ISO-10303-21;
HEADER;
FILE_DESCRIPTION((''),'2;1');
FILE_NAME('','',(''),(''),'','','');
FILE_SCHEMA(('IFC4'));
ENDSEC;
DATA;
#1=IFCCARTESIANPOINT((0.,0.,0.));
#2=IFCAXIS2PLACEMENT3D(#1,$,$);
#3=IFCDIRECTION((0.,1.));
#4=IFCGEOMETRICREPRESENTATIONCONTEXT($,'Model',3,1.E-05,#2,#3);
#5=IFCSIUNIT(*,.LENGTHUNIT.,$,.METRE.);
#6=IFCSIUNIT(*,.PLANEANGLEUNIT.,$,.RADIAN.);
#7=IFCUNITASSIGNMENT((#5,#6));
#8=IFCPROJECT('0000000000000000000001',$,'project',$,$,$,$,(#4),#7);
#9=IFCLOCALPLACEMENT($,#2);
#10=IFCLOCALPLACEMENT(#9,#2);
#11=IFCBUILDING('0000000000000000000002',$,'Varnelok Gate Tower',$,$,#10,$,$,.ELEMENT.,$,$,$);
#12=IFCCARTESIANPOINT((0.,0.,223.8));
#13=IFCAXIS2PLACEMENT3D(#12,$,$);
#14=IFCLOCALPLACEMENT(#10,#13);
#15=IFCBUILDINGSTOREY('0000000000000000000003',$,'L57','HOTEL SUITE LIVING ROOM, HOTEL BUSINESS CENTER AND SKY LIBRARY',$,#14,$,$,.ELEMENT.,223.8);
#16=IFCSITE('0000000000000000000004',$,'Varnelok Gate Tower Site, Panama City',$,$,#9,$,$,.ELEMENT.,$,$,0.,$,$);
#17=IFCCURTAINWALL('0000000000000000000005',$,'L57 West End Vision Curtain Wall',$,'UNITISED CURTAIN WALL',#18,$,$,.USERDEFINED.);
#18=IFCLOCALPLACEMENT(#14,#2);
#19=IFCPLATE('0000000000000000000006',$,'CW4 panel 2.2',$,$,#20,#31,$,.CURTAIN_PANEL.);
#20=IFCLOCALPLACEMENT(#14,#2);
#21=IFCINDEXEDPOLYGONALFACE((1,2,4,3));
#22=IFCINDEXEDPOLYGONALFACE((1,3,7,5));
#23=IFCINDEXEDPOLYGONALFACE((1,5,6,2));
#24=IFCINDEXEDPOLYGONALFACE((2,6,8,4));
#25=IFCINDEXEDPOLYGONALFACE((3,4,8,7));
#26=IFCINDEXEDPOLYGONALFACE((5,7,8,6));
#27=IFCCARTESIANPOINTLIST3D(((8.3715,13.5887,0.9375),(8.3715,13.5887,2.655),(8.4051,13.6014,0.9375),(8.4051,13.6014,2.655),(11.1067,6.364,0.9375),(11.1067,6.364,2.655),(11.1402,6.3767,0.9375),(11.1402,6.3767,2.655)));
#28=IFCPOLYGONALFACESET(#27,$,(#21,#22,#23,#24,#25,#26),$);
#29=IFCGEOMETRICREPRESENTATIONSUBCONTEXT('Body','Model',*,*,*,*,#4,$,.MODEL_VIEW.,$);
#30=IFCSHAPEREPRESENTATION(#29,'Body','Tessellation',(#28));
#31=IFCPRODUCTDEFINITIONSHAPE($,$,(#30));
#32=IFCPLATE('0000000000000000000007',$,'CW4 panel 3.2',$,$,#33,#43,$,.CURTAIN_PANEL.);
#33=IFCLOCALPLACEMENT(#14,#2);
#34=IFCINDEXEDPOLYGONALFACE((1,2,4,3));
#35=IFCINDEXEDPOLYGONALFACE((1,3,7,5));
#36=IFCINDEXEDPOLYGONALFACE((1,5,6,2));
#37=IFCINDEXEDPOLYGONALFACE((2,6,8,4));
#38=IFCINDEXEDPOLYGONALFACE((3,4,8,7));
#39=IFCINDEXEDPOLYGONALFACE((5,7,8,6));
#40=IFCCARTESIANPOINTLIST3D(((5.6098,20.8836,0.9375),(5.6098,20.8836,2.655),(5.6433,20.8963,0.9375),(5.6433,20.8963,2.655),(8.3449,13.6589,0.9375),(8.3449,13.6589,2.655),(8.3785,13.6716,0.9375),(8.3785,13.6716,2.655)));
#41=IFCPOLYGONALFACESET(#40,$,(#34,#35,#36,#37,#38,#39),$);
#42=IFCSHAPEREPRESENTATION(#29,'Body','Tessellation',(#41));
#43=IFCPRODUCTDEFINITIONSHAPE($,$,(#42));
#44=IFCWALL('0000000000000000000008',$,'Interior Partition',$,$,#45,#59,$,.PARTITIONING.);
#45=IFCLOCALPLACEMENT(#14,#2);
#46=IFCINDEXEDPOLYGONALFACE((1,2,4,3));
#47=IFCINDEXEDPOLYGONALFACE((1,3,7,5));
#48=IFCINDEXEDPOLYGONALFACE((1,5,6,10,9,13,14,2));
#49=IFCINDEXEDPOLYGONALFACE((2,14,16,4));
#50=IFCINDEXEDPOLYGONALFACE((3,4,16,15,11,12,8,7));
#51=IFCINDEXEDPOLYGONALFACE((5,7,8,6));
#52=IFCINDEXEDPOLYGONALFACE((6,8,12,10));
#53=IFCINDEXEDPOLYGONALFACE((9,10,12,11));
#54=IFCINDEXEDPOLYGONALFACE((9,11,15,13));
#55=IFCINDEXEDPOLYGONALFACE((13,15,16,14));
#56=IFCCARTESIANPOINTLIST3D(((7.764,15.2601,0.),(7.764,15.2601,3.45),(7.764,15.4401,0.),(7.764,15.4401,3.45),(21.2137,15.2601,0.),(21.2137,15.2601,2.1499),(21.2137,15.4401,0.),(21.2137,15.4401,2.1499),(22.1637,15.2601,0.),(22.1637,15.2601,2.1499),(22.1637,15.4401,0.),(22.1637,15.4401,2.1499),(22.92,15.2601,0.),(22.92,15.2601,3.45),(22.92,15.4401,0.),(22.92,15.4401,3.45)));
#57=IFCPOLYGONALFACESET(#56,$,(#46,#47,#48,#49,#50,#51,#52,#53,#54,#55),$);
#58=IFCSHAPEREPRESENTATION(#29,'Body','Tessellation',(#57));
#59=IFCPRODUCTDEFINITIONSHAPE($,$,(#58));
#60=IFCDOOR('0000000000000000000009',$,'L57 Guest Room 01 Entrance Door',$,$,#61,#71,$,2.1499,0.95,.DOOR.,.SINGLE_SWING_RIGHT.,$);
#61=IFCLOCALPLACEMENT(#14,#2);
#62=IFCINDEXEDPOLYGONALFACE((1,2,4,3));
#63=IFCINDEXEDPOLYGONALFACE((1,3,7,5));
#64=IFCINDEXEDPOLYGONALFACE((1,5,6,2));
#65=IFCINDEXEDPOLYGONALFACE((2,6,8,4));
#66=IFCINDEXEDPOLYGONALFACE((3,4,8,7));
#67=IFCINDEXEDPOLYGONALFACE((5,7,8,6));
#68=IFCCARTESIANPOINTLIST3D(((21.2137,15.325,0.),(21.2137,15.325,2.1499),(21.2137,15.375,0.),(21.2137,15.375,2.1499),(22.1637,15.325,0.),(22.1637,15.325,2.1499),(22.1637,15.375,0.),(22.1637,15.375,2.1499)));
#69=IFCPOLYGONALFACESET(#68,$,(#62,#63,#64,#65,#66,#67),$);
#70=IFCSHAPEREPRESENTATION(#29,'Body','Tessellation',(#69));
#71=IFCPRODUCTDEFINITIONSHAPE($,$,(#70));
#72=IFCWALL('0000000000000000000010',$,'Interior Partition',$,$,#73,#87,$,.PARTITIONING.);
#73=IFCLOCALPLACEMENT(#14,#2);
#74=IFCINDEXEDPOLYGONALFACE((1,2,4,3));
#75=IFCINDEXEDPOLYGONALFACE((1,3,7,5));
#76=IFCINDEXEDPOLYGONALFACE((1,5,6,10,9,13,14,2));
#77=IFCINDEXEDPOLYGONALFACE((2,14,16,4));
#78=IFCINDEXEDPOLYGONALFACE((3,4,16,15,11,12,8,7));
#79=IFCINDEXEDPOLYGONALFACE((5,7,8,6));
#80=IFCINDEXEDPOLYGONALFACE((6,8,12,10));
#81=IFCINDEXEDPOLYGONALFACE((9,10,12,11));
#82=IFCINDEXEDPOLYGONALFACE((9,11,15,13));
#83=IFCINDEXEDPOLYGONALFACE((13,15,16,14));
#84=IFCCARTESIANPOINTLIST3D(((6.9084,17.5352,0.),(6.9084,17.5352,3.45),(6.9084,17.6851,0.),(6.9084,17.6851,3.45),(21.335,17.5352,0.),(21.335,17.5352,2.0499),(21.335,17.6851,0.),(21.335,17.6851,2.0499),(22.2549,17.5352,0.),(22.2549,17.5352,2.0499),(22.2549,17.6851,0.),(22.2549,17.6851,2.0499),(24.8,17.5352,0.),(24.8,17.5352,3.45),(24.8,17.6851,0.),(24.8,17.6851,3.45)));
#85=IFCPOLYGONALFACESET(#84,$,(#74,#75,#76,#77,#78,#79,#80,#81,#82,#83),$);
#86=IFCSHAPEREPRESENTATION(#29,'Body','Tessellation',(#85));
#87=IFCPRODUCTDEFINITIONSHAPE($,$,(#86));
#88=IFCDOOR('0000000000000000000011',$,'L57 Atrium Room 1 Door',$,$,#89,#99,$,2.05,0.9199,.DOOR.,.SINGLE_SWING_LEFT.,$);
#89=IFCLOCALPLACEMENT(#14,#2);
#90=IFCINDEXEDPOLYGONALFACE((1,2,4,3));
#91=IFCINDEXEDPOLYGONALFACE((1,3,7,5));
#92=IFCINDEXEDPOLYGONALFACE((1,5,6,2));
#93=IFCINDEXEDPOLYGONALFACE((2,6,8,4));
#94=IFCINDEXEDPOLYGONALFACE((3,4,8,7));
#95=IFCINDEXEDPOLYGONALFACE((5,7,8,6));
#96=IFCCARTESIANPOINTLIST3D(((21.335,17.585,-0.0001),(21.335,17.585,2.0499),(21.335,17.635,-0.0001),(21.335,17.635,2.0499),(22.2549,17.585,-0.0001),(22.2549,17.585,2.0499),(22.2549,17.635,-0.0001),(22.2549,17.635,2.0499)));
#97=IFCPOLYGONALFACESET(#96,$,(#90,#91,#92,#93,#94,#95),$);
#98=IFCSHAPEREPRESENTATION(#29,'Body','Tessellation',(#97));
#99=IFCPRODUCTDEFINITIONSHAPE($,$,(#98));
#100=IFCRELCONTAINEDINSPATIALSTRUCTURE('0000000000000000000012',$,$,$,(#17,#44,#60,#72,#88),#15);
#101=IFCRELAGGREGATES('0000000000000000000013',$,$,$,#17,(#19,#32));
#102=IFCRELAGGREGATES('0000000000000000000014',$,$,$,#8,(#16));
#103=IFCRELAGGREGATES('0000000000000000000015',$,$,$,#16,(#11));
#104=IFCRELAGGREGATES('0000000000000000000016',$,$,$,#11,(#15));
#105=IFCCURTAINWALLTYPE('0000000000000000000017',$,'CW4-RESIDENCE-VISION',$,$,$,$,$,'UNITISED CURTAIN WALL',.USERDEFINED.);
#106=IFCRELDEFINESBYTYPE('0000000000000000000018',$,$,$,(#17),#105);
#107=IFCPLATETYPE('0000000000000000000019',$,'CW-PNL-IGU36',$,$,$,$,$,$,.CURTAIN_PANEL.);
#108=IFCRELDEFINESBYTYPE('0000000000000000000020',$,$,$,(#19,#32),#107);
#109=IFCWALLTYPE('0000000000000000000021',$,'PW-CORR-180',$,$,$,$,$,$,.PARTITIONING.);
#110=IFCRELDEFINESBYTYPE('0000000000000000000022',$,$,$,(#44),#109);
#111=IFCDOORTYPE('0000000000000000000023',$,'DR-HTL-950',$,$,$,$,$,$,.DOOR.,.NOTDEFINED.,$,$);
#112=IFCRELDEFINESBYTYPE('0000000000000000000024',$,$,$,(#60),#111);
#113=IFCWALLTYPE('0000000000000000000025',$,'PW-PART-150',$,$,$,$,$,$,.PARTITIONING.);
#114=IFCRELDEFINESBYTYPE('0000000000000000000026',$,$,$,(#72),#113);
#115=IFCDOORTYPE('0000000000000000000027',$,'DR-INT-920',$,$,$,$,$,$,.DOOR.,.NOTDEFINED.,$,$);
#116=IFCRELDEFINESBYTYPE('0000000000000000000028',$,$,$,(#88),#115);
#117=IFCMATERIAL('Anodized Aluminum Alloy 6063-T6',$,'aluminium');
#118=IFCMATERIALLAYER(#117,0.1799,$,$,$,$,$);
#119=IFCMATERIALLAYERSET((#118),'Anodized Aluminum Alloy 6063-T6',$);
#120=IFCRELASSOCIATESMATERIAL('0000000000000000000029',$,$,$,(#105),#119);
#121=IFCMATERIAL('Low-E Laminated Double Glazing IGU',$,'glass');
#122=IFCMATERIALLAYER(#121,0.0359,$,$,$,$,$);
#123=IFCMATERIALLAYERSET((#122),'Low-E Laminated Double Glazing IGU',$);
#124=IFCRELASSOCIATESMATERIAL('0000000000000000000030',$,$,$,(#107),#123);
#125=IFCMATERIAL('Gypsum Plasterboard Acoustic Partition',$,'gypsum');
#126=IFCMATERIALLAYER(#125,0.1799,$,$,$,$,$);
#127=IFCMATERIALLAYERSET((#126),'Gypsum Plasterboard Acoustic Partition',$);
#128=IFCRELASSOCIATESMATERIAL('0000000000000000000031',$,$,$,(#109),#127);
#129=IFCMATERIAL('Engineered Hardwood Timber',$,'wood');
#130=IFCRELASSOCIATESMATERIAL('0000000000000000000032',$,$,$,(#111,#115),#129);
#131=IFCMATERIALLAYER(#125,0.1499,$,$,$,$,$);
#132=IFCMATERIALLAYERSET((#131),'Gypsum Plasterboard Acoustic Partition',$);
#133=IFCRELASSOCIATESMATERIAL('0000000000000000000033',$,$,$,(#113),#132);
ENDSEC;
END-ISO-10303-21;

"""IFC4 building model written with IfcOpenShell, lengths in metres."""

from ifc_helpers import new_model, si_unit, direction, frame, frame_2d, origin, origin_2d, place, context, subcontext, project, spatial, rectangle, extrude, source, transform, mapped, material, layer, layer_set, type_object, element, fill, aggregate, save


model = new_model("IFC4")

# Units and contexts
model_context = context("Model", 3, precision=1e-05, world=origin(), true_north=direction((0.0, 1.0)))
body_context = subcontext(model_context, "Body", "Model", "MODEL_VIEW")
ifc_project = project(units=[si_unit("LENGTHUNIT", "METRE"), si_unit("PLANEANGLEUNIT", "RADIAN")], contexts=[model_context])

# Site, building, storey
site_placement = place(None, origin())
site = spatial("IfcSite", under=ifc_project, at=site_placement, Name="Varnelok Gate Tower Site, Panama City", CompositionType="ELEMENT", RefElevation=0.0)
building_placement = place(site_placement, origin())
building = spatial("IfcBuilding", under=site, at=building_placement, Name="Varnelok Gate Tower", CompositionType="ELEMENT")
storey_placement = place(building_placement, frame((0.0, 0.0, 223.8)))
storey = spatial("IfcBuildingStorey", under=building, at=storey_placement, Name="L57", Description="HOTEL SUITE LIVING ROOM, HOTEL BUSINESS CENTER AND SKY LIBRARY", CompositionType="ELEMENT", Elevation=223.8)

# Curtain wall, plates
ifc_material_1 = material(Name="Anodized Aluminum Alloy 6063-T6", Category="aluminium")
ifc_layer_1 = layer(ifc_material_1, 0.1799)
ifc_layer_set_1 = layer_set([ifc_layer_1], Name="Anodized Aluminum Alloy 6063-T6")
curtain_wall_type = type_object("IfcCurtainWallType", Name="CW4-RESIDENCE-VISION", ElementType="UNITISED CURTAIN WALL", PredefinedType="USERDEFINED", material=ifc_layer_set_1)
curtain_wall_placement = place(storey_placement, origin())
curtain_wall = element("IfcCurtainWall", 1, at=curtain_wall_placement, inside=storey, type_object=curtain_wall_type, Name="L57 West End Vision Curtain Wall", ObjectType="UNITISED CURTAIN WALL", PredefinedType="USERDEFINED")
ifc_material_2 = material(Name="Low-E Laminated Double Glazing IGU", Category="glass")
ifc_layer_2 = layer(ifc_material_2, 0.0359)
ifc_layer_set_2 = layer_set([ifc_layer_2], Name="Low-E Laminated Double Glazing IGU")
plate_type = type_object("IfcPlateType", Name="CW-PNL-IGU36", PredefinedType="CURTAIN_PANEL", material=ifc_layer_set_2)
shared_shape_1 = source(origin(), body_context, "Body", "SweptSolid", [
    extrude(rectangle(XDim=7.7251, YDim=0.0359, at=origin_2d()), origin(), (0.0, 0.0, 1.0), 1.7175),
])
plate_1_placement = place(storey_placement, frame((9.7559, 9.9827, 0.9375), z_axis=(0.0, 0.0, 1.0), x_axis=(-0.354063, 0.935222, 0.0)))
plate_1 = element("IfcPlate", 2, at=plate_1_placement, type_object=plate_type, Name="CW4 panel 2.2", PredefinedType="CURTAIN_PANEL", context=body_context, shape_type="MappedRepresentation", body=[
    mapped(shared_shape_1, transform((0.0, 0.0, 0.0), scale=1.0)),
])
plate_2_placement = place(storey_placement, frame((6.9941, 17.2776, 0.9375), z_axis=(0.0, 0.0, 1.0), x_axis=(-0.354063, 0.935222, 0.0)))
plate_2 = element("IfcPlate", 3, at=plate_2_placement, type_object=plate_type, Name="CW4 panel 3.2", PredefinedType="CURTAIN_PANEL", context=body_context, shape_type="MappedRepresentation", body=[
    mapped(shared_shape_1, transform((0.0, 0.0, 0.0), scale=1.0)),
])
aggregate(curtain_wall, [plate_1, plate_2])

# Walls, openings, doors
ifc_material_3 = material(Name="Gypsum Plasterboard Acoustic Partition", Category="gypsum")
ifc_layer_3 = layer(ifc_material_3, 0.1799)
ifc_layer_set_3 = layer_set([ifc_layer_3], Name="Gypsum Plasterboard Acoustic Partition")
wall_type_1 = type_object("IfcWallType", Name="PW-CORR-180", PredefinedType="PARTITIONING", material=ifc_layer_set_3)
wall_1_placement = place(storey_placement, frame((7.7639, 15.3501, 0.0), z_axis=(0.0, 0.0, 1.0), x_axis=(1.0, 0.0, 0.0)))
wall_1 = element("IfcWall", 4, at=wall_1_placement, inside=storey, type_object=wall_type_1, Name="Interior Partition", PredefinedType="PARTITIONING", context=body_context, shape_type="SweptSolid", body=[
    extrude(rectangle(XDim=15.156, YDim=0.1799, at=frame_2d((7.5781, 0.0))), origin(), (0.0, 0.0, 1.0), 3.45),
])
opening_1_placement = place(wall_1_placement, frame((13.4497, 0.0, 0.0)))
opening_1 = element("IfcOpeningElement", 5, at=opening_1_placement, cuts=wall_1, PredefinedType="OPENING", context=body_context, shape_type="SweptSolid", body=[
    extrude(rectangle(XDim=0.95, YDim=2.1499, at=frame_2d((0.4751, 1.075))), frame((0.0, 0.0999, 0.0), z_axis=(0.0, -1.0, 0.0), x_axis=(1.0, 0.0, 0.0)), (0.0, 0.0, 1.0), 0.2),
])
ifc_material_4 = material(Name="Engineered Hardwood Timber", Category="wood")
door_type_1 = type_object("IfcDoorType", Name="DR-HTL-950", OperationType="NOTDEFINED", PredefinedType="DOOR", material=ifc_material_4)
door_1_placement = place(opening_1_placement, origin())
door_1 = element("IfcDoor", 6, at=door_1_placement, inside=storey, type_object=door_type_1, Name="L57 Guest Room 01 Entrance Door", OperationType="SINGLE_SWING_RIGHT", OverallHeight=2.1499, OverallWidth=0.95, PredefinedType="DOOR", context=body_context, shape_type="SweptSolid", body=[
    extrude(rectangle(XDim=0.95, YDim=2.1499, at=frame_2d((0.4751, 1.075))), frame((0.0, 0.0249, 0.0), z_axis=(0.0, -1.0, 0.0), x_axis=(1.0, 0.0, 0.0)), (0.0, 0.0, 1.0), 0.05),
])
fill(opening_1, door_1)
ifc_layer_4 = layer(ifc_material_3, 0.1499)
ifc_layer_set_4 = layer_set([ifc_layer_4], Name="Gypsum Plasterboard Acoustic Partition")
wall_type_2 = type_object("IfcWallType", Name="PW-PART-150", PredefinedType="PARTITIONING", material=ifc_layer_set_4)
wall_2_placement = place(storey_placement, frame((6.9084, 17.6101, 0.0), z_axis=(0.0, 0.0, 1.0), x_axis=(1.0, 0.0, 0.0)))
wall_2 = element("IfcWall", 7, at=wall_2_placement, inside=storey, type_object=wall_type_2, Name="Interior Partition", PredefinedType="PARTITIONING", context=body_context, shape_type="SweptSolid", body=[
    extrude(rectangle(XDim=17.8916, YDim=0.1499, at=frame_2d((8.9458, 0.0))), origin(), (0.0, 0.0, 1.0), 3.45),
])
opening_2_placement = place(wall_2_placement, frame((14.4265, 0.0, 0.0)))
opening_2 = element("IfcOpeningElement", 8, at=opening_2_placement, cuts=wall_2, PredefinedType="OPENING", context=body_context, shape_type="SweptSolid", body=[
    extrude(rectangle(XDim=0.9199, YDim=2.05, at=frame_2d((0.46, 1.0249))), frame((0.0, 0.085, 0.0), z_axis=(0.0, -1.0, 0.0), x_axis=(1.0, 0.0, 0.0)), (0.0, 0.0, 1.0), 0.1699),
])
door_type_2 = type_object("IfcDoorType", Name="DR-INT-920", OperationType="NOTDEFINED", PredefinedType="DOOR", material=ifc_material_4)
door_2_placement = place(opening_2_placement, origin())
door_2 = element("IfcDoor", 9, at=door_2_placement, inside=storey, type_object=door_type_2, Name="L57 Atrium Room 1 Door", OperationType="SINGLE_SWING_LEFT", OverallHeight=2.05, OverallWidth=0.9199, PredefinedType="DOOR", context=body_context, shape_type="SweptSolid", body=[
    extrude(rectangle(XDim=0.9199, YDim=2.05, at=frame_2d((0.46, 1.0249))), frame((0.0, 0.0249, 0.0), z_axis=(0.0, -1.0, 0.0), x_axis=(1.0, 0.0, 0.0)), (0.0, 0.0, 1.0), 0.05),
])
fill(opening_2, door_2)

save(model, "model.ifc")
